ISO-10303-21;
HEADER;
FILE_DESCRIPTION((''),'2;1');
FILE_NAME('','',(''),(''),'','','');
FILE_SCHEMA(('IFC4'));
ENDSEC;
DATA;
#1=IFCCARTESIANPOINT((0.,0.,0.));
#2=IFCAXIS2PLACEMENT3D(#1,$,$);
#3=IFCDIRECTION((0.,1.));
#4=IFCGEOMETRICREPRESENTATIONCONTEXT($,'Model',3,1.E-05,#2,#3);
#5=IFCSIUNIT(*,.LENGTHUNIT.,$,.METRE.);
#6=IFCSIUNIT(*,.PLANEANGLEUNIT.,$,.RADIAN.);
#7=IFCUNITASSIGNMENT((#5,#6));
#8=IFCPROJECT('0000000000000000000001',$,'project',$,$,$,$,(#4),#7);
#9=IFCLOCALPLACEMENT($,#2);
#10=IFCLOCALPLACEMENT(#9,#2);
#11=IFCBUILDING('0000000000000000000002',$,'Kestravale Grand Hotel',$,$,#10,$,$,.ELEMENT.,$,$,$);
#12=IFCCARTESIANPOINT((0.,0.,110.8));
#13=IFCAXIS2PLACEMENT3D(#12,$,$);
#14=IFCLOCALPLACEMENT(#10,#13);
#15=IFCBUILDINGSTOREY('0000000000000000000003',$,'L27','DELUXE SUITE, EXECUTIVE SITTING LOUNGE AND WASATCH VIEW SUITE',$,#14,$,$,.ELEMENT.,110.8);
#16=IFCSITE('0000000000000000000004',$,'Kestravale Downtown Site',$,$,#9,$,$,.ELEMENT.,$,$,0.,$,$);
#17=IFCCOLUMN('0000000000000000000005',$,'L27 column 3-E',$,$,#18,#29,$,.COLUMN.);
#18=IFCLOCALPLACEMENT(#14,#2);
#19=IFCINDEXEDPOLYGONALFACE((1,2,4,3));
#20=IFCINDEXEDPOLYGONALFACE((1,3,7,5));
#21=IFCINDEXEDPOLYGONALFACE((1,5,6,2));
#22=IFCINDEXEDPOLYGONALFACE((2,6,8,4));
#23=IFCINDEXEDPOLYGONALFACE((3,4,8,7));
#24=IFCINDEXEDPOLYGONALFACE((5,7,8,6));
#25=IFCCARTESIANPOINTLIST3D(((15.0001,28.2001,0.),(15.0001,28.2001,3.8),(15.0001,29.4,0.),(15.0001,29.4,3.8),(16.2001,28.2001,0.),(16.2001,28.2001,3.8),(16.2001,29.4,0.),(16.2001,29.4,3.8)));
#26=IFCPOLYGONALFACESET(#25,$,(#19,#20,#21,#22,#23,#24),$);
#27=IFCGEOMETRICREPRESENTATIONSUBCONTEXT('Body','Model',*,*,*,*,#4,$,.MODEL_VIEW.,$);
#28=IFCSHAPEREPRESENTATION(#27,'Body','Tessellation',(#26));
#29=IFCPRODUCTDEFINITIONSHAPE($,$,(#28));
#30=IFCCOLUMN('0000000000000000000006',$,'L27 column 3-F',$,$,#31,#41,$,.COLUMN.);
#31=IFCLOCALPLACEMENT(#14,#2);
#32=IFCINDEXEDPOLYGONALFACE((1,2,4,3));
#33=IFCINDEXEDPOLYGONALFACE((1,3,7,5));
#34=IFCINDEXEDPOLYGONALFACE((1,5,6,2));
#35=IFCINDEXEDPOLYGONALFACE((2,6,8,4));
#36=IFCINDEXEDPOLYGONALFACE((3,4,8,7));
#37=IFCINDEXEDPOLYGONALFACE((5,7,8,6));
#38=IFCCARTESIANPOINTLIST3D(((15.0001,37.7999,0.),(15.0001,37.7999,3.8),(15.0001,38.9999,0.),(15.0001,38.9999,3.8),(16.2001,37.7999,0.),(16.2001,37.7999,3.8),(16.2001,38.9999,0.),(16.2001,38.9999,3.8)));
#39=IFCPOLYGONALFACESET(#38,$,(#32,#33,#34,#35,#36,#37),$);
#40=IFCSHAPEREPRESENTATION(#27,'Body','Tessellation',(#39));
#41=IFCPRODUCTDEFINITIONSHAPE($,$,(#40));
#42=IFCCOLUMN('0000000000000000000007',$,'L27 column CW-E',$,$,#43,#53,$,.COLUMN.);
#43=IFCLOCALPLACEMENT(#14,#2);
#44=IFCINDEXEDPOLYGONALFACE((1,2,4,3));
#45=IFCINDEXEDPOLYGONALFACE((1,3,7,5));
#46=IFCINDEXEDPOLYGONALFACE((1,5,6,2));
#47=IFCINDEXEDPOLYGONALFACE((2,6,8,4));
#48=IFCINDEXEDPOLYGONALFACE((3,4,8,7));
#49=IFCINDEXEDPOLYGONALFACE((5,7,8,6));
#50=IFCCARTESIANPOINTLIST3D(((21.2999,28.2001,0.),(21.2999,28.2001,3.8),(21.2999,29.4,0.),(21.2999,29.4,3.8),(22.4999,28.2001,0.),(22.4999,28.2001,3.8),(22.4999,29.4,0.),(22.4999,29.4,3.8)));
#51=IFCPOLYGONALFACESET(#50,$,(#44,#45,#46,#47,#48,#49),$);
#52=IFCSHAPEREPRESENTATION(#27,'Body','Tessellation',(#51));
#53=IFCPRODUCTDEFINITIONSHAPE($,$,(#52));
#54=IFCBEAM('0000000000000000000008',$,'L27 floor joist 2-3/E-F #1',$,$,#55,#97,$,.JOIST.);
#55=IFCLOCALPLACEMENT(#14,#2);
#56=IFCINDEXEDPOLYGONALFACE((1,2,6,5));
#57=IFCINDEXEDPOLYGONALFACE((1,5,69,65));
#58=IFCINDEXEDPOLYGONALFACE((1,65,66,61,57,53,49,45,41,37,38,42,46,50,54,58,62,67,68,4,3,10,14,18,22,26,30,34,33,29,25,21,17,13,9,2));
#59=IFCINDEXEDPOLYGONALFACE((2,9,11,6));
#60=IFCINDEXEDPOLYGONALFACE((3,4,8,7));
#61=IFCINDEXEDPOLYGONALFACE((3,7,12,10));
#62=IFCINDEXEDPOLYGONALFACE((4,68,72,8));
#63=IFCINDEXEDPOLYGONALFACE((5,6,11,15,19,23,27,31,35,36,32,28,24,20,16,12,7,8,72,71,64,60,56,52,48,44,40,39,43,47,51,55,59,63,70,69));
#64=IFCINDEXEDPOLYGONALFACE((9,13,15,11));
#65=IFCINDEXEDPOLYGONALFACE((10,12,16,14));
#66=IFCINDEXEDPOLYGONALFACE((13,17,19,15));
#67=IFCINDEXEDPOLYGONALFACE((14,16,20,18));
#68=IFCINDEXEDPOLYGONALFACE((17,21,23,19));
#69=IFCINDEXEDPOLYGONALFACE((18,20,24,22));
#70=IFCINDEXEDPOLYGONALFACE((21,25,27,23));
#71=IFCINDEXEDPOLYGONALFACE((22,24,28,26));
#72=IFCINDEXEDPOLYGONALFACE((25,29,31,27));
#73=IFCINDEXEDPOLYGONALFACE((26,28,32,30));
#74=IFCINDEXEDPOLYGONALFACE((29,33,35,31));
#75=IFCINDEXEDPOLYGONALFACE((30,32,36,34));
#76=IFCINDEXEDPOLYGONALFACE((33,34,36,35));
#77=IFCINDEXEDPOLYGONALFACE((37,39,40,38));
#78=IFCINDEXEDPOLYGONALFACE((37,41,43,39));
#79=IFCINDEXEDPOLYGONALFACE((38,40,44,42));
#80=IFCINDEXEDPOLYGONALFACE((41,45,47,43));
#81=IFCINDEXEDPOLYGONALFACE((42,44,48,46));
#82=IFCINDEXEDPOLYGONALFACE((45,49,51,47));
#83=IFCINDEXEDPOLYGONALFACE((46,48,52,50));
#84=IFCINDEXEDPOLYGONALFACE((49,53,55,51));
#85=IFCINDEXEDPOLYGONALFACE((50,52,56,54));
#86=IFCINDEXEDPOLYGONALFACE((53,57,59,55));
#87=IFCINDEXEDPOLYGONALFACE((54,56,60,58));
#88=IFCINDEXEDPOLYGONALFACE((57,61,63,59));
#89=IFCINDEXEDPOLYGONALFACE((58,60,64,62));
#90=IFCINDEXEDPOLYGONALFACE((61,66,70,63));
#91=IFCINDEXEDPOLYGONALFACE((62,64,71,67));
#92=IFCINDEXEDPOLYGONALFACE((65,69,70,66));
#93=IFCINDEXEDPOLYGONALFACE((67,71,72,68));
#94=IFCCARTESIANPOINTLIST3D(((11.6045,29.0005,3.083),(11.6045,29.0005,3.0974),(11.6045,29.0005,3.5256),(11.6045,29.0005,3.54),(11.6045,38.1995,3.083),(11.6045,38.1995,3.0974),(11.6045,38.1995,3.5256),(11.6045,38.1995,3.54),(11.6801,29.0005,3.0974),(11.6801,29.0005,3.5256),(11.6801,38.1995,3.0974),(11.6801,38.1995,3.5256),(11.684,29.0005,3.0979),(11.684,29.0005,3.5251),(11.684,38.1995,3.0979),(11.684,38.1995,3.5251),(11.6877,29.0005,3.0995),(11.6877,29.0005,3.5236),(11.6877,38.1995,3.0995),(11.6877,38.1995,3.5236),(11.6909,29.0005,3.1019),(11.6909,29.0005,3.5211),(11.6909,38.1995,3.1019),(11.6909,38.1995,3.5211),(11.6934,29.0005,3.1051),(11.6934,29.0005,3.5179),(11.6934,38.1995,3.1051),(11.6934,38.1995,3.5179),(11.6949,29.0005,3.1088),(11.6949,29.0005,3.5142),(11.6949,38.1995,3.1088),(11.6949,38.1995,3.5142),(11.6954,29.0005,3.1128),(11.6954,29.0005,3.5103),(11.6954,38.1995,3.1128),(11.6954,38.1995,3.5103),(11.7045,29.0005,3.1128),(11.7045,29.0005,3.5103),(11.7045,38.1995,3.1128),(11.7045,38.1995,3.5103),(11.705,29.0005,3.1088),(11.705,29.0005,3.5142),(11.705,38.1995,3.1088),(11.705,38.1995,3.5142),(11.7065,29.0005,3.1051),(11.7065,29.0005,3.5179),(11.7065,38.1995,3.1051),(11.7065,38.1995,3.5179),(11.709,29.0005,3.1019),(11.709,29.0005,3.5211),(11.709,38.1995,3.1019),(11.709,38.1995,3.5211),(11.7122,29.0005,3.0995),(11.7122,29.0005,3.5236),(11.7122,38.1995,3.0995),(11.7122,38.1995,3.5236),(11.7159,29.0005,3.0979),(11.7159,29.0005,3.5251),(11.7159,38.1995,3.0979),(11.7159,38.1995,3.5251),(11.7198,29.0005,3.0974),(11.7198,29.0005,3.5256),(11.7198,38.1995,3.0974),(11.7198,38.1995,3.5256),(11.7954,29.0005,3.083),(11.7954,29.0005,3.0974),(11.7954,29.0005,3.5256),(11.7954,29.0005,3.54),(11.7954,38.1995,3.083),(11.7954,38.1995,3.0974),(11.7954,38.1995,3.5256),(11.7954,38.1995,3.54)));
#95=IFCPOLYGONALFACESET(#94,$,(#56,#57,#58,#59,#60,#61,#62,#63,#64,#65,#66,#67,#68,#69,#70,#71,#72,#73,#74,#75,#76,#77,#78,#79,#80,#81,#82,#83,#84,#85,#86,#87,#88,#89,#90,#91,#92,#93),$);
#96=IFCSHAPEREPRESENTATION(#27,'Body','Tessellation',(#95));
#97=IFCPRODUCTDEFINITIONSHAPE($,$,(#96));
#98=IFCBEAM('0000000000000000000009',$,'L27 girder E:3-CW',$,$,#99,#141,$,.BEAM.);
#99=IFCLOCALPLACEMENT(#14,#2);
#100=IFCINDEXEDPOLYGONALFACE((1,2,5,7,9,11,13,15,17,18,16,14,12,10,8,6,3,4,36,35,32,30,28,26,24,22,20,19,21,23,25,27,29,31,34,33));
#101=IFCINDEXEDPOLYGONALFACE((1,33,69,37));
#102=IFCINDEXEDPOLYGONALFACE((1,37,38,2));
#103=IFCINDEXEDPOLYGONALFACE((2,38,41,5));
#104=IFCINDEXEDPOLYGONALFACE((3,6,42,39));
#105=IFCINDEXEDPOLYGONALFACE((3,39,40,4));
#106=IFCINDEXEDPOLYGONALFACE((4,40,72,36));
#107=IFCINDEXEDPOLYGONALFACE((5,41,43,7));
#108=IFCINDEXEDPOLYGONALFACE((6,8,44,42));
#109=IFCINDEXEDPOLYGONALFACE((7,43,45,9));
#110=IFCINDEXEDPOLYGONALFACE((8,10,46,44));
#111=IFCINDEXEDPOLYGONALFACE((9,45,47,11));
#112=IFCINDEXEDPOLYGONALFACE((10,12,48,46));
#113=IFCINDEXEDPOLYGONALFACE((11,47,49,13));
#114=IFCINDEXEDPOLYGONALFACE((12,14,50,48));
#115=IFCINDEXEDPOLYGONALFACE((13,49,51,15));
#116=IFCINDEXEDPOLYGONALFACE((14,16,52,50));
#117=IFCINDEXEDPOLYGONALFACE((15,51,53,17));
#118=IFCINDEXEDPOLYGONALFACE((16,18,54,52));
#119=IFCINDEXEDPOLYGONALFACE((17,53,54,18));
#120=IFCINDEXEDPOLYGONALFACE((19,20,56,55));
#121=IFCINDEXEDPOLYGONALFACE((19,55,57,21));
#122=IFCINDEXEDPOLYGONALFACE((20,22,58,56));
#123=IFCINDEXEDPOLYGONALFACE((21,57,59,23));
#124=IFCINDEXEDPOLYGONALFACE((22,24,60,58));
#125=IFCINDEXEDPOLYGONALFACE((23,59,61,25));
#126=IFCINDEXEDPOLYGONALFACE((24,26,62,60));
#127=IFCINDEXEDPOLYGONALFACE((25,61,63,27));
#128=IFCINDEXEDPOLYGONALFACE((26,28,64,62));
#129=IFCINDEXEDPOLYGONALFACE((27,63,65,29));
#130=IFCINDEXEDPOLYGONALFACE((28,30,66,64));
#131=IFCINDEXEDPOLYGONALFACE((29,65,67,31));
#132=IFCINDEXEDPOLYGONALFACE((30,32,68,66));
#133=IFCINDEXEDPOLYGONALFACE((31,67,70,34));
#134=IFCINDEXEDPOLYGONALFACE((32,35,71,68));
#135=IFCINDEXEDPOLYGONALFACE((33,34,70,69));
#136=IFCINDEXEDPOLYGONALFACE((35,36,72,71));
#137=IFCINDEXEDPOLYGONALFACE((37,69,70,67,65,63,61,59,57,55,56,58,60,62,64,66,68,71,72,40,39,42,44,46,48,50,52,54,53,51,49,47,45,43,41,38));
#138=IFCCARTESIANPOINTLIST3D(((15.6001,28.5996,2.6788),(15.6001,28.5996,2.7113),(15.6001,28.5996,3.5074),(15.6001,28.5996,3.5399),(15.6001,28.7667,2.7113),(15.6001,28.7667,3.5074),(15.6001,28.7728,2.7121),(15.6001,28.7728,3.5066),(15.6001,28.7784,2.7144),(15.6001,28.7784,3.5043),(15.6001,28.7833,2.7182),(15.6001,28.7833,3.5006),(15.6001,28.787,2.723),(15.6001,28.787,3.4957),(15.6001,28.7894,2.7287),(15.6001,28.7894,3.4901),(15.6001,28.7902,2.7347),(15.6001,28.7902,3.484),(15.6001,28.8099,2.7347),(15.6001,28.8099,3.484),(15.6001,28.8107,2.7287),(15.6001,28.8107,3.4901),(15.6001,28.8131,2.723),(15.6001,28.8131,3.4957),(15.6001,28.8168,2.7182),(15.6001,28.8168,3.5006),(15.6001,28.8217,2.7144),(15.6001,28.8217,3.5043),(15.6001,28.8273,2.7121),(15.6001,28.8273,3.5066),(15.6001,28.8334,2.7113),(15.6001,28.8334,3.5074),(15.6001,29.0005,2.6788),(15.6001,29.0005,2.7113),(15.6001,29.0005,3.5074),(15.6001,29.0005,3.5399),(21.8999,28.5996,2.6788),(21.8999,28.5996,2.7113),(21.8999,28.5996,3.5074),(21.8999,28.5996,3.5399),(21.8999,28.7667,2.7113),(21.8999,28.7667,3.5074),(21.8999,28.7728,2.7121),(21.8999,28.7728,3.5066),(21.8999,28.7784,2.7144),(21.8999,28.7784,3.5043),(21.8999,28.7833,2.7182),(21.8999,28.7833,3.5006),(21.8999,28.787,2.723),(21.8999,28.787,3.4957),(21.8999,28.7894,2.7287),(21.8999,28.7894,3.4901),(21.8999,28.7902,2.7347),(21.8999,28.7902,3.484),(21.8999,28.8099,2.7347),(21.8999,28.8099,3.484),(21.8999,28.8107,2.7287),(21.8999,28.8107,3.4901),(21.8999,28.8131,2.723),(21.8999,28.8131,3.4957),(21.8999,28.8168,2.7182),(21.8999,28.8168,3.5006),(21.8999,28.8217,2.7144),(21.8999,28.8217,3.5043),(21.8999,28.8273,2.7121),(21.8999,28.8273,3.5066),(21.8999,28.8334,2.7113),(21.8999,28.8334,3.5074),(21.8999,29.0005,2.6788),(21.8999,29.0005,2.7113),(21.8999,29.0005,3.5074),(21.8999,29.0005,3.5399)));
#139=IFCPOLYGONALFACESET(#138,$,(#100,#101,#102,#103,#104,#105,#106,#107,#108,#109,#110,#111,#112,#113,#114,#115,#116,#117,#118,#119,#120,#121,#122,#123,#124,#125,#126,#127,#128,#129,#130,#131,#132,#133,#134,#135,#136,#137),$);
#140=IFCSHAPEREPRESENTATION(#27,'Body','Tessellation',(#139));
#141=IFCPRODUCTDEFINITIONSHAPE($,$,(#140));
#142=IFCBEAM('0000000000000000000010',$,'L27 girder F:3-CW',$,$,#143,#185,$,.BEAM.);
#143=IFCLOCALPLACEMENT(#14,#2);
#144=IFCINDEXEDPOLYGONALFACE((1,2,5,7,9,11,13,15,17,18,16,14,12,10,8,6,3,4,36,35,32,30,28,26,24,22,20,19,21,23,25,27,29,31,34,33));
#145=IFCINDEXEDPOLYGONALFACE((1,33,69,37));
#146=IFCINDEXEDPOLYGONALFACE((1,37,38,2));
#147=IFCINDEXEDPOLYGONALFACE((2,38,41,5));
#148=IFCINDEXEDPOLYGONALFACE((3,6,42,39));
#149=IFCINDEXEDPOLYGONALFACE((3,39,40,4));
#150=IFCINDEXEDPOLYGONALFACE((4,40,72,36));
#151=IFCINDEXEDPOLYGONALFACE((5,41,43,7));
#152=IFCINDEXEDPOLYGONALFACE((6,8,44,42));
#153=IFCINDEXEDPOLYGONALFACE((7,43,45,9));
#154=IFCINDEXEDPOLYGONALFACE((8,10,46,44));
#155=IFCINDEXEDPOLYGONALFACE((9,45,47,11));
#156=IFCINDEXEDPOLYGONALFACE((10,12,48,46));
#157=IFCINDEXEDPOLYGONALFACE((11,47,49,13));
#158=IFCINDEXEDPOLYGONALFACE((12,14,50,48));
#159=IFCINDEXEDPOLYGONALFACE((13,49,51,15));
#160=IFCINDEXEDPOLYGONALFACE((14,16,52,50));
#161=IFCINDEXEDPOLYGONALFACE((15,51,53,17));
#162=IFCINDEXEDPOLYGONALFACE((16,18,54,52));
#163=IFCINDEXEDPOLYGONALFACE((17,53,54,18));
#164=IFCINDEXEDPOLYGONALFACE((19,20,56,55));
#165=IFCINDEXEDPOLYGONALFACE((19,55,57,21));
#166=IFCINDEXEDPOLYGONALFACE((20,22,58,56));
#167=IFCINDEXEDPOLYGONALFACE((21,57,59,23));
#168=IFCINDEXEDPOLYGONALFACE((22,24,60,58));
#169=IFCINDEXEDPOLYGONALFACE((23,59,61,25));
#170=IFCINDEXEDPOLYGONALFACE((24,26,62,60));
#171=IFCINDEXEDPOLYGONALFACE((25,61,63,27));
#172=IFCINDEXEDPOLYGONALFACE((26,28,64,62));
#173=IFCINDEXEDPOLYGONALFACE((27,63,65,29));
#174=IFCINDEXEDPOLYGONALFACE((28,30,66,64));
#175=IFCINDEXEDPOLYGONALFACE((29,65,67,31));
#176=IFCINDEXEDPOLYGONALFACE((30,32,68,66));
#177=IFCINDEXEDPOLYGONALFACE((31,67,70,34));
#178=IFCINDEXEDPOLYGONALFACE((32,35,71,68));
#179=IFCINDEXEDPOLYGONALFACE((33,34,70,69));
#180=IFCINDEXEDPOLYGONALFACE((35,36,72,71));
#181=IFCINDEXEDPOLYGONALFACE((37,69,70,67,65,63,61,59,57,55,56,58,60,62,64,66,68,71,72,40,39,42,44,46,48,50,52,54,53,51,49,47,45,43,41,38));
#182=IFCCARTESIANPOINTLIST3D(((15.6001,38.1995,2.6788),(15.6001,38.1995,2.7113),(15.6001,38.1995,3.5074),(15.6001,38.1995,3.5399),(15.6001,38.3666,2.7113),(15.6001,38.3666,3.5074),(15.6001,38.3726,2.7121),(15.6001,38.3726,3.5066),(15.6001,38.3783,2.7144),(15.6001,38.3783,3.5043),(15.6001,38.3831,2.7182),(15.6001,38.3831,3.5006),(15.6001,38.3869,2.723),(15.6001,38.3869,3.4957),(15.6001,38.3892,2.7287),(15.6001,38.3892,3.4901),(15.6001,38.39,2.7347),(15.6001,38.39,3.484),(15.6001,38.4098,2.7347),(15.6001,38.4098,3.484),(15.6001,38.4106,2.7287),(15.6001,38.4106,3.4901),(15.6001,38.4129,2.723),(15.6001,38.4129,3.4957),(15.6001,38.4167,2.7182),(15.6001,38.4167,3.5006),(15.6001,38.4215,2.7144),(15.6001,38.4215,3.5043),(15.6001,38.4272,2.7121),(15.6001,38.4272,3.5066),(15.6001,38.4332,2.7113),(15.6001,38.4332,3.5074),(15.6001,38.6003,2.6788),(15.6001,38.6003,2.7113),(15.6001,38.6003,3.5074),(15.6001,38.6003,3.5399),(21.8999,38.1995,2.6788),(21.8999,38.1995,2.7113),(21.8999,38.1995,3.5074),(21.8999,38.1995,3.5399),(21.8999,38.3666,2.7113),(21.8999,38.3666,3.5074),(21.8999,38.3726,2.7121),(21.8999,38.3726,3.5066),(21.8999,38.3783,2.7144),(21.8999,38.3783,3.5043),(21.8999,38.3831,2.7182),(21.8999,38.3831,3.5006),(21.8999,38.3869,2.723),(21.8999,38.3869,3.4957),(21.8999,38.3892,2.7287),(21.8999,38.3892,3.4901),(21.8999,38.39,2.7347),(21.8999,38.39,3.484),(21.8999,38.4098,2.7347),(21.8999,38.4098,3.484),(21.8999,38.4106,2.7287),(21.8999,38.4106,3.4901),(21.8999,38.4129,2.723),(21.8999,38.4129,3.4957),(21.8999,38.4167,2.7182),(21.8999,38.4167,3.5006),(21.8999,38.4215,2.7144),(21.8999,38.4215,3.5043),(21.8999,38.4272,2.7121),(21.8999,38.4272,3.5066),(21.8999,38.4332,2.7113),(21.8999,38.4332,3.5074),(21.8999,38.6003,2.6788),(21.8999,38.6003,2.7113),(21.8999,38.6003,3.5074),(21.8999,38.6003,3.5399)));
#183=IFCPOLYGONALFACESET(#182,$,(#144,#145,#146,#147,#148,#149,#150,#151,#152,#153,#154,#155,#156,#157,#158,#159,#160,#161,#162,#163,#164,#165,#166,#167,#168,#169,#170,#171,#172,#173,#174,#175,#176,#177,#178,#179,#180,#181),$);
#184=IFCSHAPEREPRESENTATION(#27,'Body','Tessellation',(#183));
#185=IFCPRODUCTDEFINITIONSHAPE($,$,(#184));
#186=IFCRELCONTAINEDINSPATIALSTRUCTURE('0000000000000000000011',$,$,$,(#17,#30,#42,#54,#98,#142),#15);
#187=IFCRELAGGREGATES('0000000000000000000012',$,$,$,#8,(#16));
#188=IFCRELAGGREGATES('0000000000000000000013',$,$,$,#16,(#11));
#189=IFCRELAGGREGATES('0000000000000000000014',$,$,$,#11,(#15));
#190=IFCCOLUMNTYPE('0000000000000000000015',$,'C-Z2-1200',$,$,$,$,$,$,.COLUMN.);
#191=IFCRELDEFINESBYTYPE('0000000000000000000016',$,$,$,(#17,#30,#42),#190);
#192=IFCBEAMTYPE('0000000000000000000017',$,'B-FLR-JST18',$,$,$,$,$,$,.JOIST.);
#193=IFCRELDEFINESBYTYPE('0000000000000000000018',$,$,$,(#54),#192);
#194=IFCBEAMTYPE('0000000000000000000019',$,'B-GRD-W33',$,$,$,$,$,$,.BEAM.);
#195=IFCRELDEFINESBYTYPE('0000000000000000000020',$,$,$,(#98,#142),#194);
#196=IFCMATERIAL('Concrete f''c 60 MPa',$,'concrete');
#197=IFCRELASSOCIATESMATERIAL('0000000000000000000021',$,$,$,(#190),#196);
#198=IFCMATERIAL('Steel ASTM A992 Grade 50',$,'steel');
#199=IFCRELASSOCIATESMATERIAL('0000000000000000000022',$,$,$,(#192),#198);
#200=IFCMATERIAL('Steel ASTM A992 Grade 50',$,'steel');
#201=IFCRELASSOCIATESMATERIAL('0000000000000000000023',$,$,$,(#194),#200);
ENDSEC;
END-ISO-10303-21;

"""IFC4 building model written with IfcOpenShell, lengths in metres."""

from ifc_helpers import new_model, si_unit, direction, frame, origin, origin_2d, place, context, subcontext, project, spatial, rectangle, i_section, extrude, material, material_profile, profile_set, type_object, element, save


model = new_model("IFC4")

# Units and contexts
model_context = context("Model", 3, precision=1e-05, world=origin(), true_north=direction((0.0, 1.0)))
body_context = subcontext(model_context, "Body", "Model", "MODEL_VIEW")
ifc_project = project(units=[si_unit("LENGTHUNIT", "METRE"), si_unit("PLANEANGLEUNIT", "RADIAN")], contexts=[model_context])

# Site, building, storey
site_placement = place(None, origin())
site = spatial("IfcSite", under=ifc_project, at=site_placement, Name="Kestravale Downtown Site", CompositionType="ELEMENT", RefElevation=0.0)
building_placement = place(site_placement, origin())
building = spatial("IfcBuilding", under=site, at=building_placement, Name="Kestravale Grand Hotel", CompositionType="ELEMENT")
storey_placement = place(building_placement, frame((0.0, 0.0, 110.8)))
storey = spatial("IfcBuildingStorey", under=building, at=storey_placement, Name="L27", Description="DELUXE SUITE, EXECUTIVE SITTING LOUNGE AND WASATCH VIEW SUITE", CompositionType="ELEMENT", Elevation=110.8)

# Columns
ifc_material_1 = material(Name="Concrete f'c 60 MPa", Category="concrete")
ifc_material_profile_1 = material_profile(ifc_material_1, rectangle(XDim=1.2, YDim=1.2, at=origin_2d()))
ifc_profile_set_1 = profile_set([ifc_material_profile_1], Name="Concrete f'c 60 MPa")
column_type = type_object("IfcColumnType", Name="C-Z2-1200", PredefinedType="COLUMN", material=ifc_profile_set_1)
for number, where, z_axis, x_axis, name in (
    (1, (15.6001, 28.8, 0.0), (0.0, 0.0, 1.0), (1.0, 0.0, 0.0), "L27 column 3-E"),
    (2, (15.6001, 38.3999, 0.0), (0.0, 0.0, 1.0), (1.0, 0.0, 0.0), "L27 column 3-F"),
    (3, (21.8999, 28.8, 0.0), (0.0, 0.0, 1.0), (1.0, 0.0, 0.0), "L27 column CW-E"),
):
    element("IfcColumn", number, at=place(storey_placement, frame(where, z_axis=z_axis, x_axis=x_axis)), inside=storey, type_object=column_type, Name=name, PredefinedType="COLUMN", context=body_context, shape_type="SweptSolid", body=[
        extrude(rectangle(XDim=1.2, YDim=1.2, at=origin_2d()), origin(), (0.0, 0.0, 1.0), 3.8),
    ])

# Beams
ifc_material_2 = material(Name="Steel ASTM A992 Grade 50", Category="steel")
ifc_material_profile_2 = material_profile(ifc_material_2, i_section(OverallWidth=0.1909, OverallDepth=0.457, WebThickness=0.009, FlangeThickness=0.0144, FilletRadius=0.0154, at=origin_2d()))
ifc_profile_set_2 = profile_set([ifc_material_profile_2], Name="Steel ASTM A992 Grade 50")
beam_type_1 = type_object("IfcBeamType", Name="B-FLR-JST18", PredefinedType="JOIST", material=ifc_profile_set_2)
beam_1_placement = place(storey_placement, frame((11.7, 29.0005, 3.3115), z_axis=(0.0, 1.0, 0.0), x_axis=(-1.0, 0.0, 0.0)))
element("IfcBeam", 4, at=beam_1_placement, inside=storey, type_object=beam_type_1, Name="L27 floor joist 2-3/E-F #1", PredefinedType="JOIST", context=body_context, shape_type="SweptSolid", body=[
    extrude(i_section(OverallWidth=0.1909, OverallDepth=0.457, WebThickness=0.009, FlangeThickness=0.0144, FilletRadius=0.0154, at=origin_2d()), origin(), (0.0, 0.0, 1.0), 9.199),
])
ifc_material_3 = material(Name="Steel ASTM A992 Grade 50", Category="steel")
ifc_material_profile_3 = material_profile(ifc_material_3, i_section(OverallWidth=0.4009, OverallDepth=0.8611, WebThickness=0.0198, FlangeThickness=0.0325, FilletRadius=0.0234, at=origin_2d()))
ifc_profile_set_3 = profile_set([ifc_material_profile_3], Name="Steel ASTM A992 Grade 50")
beam_type_2 = type_object("IfcBeamType", Name="B-GRD-W33", PredefinedType="BEAM", material=ifc_profile_set_3)
for number, where, z_axis, x_axis, name in (
    (5, (15.6001, 28.8, 3.1094), (1.0, 0.0, 0.0), (0.0, 1.0, 0.0), "L27 girder E:3-CW"),
    (6, (15.6001, 38.3999, 3.1094), (1.0, 0.0, 0.0), (0.0, 1.0, 0.0), "L27 girder F:3-CW"),
):
    element("IfcBeam", number, at=place(storey_placement, frame(where, z_axis=z_axis, x_axis=x_axis)), inside=storey, type_object=beam_type_2, Name=name, PredefinedType="BEAM", context=body_context, shape_type="SweptSolid", body=[
        extrude(i_section(OverallWidth=0.4009, OverallDepth=0.8611, WebThickness=0.0198, FlangeThickness=0.0325, FilletRadius=0.0234, at=origin_2d()), origin(), (0.0, 0.0, 1.0), 6.2998),
    ])

save(model, "model.ifc")
